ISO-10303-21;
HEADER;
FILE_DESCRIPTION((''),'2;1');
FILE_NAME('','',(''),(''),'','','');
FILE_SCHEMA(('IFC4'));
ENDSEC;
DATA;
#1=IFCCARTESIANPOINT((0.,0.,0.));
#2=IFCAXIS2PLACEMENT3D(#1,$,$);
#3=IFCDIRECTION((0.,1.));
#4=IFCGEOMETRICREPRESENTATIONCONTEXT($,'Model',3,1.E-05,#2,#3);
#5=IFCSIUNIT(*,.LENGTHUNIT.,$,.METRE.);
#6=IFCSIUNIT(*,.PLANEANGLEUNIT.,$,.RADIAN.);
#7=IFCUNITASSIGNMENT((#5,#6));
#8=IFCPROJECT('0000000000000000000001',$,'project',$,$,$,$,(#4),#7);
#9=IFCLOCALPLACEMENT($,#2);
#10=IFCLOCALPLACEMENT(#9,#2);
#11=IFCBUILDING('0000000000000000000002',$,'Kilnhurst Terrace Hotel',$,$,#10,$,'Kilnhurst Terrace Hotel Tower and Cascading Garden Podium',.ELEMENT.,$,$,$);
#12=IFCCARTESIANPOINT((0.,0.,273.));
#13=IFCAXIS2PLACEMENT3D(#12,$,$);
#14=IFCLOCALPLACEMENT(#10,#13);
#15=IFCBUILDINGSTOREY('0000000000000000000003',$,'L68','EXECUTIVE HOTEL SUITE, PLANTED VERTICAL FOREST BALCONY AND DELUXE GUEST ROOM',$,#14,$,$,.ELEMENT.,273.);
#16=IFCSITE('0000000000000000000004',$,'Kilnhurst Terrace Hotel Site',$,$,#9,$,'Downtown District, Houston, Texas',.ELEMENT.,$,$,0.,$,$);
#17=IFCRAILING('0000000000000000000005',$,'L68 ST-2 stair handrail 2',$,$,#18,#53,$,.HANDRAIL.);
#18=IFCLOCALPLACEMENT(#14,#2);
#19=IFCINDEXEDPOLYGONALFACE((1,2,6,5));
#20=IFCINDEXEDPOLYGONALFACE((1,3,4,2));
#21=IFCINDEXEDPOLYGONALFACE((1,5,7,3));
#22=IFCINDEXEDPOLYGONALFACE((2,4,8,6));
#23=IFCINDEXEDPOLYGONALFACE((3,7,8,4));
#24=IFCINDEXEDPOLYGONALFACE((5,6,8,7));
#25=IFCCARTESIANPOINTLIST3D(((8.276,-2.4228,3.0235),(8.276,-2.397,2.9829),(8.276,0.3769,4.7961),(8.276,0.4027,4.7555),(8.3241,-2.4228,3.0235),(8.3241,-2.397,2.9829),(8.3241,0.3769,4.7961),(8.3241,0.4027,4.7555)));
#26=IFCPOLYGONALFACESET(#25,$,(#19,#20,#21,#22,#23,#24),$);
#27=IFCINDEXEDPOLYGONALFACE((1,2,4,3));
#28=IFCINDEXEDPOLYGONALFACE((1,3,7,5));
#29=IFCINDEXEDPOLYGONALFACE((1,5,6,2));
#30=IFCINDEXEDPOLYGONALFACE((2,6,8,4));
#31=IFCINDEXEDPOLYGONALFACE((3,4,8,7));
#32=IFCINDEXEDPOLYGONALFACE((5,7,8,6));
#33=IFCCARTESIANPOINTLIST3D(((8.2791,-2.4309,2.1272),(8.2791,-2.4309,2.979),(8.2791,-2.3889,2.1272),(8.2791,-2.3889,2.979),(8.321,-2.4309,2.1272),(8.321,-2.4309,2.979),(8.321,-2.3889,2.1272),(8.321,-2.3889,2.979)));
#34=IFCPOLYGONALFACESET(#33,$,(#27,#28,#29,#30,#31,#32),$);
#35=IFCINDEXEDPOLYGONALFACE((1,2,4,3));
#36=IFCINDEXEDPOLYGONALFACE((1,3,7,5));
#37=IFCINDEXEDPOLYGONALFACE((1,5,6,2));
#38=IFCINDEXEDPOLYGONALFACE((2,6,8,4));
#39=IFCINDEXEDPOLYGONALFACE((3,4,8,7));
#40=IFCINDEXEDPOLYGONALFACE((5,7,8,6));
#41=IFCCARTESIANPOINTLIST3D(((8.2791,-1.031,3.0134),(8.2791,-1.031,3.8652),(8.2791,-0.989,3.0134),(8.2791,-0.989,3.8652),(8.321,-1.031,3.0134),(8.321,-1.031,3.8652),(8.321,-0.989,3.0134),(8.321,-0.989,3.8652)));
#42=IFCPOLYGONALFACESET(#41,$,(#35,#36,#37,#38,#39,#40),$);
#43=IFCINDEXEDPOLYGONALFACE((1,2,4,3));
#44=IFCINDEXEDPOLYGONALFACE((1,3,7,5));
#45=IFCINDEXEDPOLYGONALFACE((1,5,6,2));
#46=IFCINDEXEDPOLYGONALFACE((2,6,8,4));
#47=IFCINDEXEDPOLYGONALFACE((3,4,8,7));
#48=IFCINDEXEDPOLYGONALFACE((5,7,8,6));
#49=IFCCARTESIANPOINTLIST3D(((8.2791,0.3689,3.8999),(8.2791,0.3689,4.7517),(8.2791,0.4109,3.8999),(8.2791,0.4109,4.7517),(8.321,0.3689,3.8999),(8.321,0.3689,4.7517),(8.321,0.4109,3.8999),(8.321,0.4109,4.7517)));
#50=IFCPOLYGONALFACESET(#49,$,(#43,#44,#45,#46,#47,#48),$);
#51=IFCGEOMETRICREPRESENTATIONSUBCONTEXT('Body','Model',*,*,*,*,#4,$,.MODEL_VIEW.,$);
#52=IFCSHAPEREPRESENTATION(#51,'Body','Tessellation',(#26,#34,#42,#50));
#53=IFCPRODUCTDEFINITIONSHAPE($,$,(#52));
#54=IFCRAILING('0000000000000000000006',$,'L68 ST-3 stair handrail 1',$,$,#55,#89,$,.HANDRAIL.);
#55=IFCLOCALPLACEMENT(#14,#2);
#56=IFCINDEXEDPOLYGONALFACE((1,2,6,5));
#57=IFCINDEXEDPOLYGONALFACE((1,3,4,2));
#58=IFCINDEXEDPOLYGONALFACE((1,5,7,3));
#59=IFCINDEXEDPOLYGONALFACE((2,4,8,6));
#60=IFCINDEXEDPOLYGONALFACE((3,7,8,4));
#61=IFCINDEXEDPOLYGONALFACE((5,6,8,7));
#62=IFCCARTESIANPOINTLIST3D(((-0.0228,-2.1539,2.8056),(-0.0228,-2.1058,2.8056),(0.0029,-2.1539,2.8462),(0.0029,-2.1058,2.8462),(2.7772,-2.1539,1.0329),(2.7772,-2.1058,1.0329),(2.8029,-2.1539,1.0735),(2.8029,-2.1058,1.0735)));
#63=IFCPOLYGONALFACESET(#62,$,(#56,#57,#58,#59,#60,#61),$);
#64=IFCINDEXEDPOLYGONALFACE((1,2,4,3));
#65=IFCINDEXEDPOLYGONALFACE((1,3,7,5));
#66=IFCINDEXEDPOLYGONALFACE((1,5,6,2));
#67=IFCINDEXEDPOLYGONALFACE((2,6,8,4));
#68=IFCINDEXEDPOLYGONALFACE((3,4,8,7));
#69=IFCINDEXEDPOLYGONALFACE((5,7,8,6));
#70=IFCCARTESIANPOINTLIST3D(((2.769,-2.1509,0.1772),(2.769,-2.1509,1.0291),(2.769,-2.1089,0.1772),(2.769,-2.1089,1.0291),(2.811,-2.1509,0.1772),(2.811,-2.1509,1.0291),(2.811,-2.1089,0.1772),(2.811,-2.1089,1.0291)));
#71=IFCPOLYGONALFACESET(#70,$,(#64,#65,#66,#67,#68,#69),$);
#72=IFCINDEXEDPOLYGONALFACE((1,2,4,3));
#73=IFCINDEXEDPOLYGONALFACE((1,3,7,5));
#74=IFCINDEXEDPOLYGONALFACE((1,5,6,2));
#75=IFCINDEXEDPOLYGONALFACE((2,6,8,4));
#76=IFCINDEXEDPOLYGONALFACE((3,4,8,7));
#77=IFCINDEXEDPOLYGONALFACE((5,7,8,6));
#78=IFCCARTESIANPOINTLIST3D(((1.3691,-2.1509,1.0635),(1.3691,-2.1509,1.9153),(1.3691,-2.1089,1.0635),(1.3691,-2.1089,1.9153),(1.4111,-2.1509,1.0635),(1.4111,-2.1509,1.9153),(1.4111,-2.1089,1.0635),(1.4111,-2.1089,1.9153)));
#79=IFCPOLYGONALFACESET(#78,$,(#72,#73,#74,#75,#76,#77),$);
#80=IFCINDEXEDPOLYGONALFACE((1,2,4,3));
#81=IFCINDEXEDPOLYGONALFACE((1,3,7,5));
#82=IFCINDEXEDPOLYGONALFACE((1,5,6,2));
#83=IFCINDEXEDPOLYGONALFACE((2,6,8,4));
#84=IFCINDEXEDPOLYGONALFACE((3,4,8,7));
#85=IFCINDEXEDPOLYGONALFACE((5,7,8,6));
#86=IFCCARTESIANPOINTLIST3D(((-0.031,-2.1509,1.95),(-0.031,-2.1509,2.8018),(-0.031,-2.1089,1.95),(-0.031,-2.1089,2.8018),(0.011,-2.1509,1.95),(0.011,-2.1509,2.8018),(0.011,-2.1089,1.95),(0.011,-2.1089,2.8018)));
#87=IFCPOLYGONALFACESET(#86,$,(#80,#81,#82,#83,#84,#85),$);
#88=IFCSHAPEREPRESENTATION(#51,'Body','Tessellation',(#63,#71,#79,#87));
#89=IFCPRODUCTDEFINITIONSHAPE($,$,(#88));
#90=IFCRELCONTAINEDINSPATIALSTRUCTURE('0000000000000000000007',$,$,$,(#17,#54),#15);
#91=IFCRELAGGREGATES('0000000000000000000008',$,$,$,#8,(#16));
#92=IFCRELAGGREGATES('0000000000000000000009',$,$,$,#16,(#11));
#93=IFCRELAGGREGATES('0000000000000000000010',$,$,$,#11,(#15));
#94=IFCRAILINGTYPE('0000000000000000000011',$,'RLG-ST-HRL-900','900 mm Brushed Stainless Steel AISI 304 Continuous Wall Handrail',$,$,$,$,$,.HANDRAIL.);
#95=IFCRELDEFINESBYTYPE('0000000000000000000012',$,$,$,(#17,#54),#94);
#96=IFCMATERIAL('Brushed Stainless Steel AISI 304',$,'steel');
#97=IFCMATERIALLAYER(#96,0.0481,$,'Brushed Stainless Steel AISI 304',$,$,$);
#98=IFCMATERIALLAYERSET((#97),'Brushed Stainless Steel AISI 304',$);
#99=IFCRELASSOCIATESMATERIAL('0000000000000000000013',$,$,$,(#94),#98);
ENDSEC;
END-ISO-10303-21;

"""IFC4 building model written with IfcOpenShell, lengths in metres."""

from ifc_helpers import new_model, si_unit, direction, frame, origin, origin_2d, place, context, subcontext, project, spatial, rectangle, extrude, material, layer, layer_set, type_object, element, save


model = new_model("IFC4")

# Units and contexts
model_context = context("Model", 3, precision=1e-05, world=origin(), true_north=direction((0.0, 1.0)))
body_context = subcontext(model_context, "Body", "Model", "MODEL_VIEW")
ifc_project = project(units=[si_unit("LENGTHUNIT", "METRE"), si_unit("PLANEANGLEUNIT", "RADIAN")], contexts=[model_context])

# Site, building, storey
site_placement = place(None, origin())
site = spatial("IfcSite", under=ifc_project, at=site_placement, Name="Kilnhurst Terrace Hotel Site", LongName="Downtown District, Houston, Texas", CompositionType="ELEMENT", RefElevation=0.0)
building_placement = place(site_placement, origin())
building = spatial("IfcBuilding", under=site, at=building_placement, Name="Kilnhurst Terrace Hotel", LongName="Kilnhurst Terrace Hotel Tower and Cascading Garden Podium", CompositionType="ELEMENT")
storey_placement = place(building_placement, frame((0.0, 0.0, 273.0)))
storey = spatial("IfcBuildingStorey", under=building, at=storey_placement, Name="L68", Description="EXECUTIVE HOTEL SUITE, PLANTED VERTICAL FOREST BALCONY AND DELUXE GUEST ROOM", CompositionType="ELEMENT", Elevation=273.0)

# Railings
ifc_material_1 = material(Name="Brushed Stainless Steel AISI 304", Category="steel")
ifc_layer_1 = layer(ifc_material_1, 0.0481, Name="Brushed Stainless Steel AISI 304")
ifc_layer_set_1 = layer_set([ifc_layer_1], Name="Brushed Stainless Steel AISI 304")
railing_type_1 = type_object("IfcRailingType", Name="RLG-ST-HRL-900", Description="900 mm Brushed Stainless Steel AISI 304 Continuous Wall Handrail", PredefinedType="HANDRAIL", material=ifc_layer_set_1)
railing_1_placement = place(storey_placement, frame((8.3, -2.4099, 2.1272)))
element("IfcRailing", 1, at=railing_1_placement, inside=storey, type_object=railing_type_1, Name="L68 ST-2 stair handrail 2", PredefinedType="HANDRAIL", context=body_context, shape_type="SweptSolid", body=[
    extrude(rectangle(XDim=0.0481, YDim=0.0481, at=origin_2d()), frame((0.0, 0.0, 0.876), z_axis=(0.0, 0.844888, 0.534943), x_axis=(-1.0, 0.0, 0.0)), (0.0, 0.0, 1.0), 3.3137),
    extrude(rectangle(XDim=0.042, YDim=0.042, at=origin_2d()), origin(), (0.0, 0.0, 1.0), 0.8518),
    extrude(rectangle(XDim=0.042, YDim=0.042, at=origin_2d()), frame((0.0, 1.3999, 0.8862)), (0.0, 0.0, 1.0), 0.8518),
    extrude(rectangle(XDim=0.042, YDim=0.042, at=origin_2d()), frame((0.0, 2.7998, 1.7727)), (0.0, 0.0, 1.0), 0.8518),
])
railing_2_placement = place(storey_placement, frame((2.79, -2.1299, 0.1772)))
element("IfcRailing", 2, at=railing_2_placement, inside=storey, type_object=railing_type_1, Name="L68 ST-3 stair handrail 1", PredefinedType="HANDRAIL", context=body_context, shape_type="SweptSolid", body=[
    extrude(rectangle(XDim=0.0481, YDim=0.0481, at=origin_2d()), frame((0.0, 0.0, 0.876), z_axis=(-0.844909, 0.0, 0.53491), x_axis=(0.0, -1.0, 0.0)), (0.0, 0.0, 1.0), 3.314),
    extrude(rectangle(XDim=0.042, YDim=0.042, at=origin_2d()), origin(), (0.0, 0.0, 1.0), 0.8518),
    extrude(rectangle(XDim=0.042, YDim=0.042, at=origin_2d()), frame((-1.3999, 0.0, 0.8862)), (0.0, 0.0, 1.0), 0.8518),
    extrude(rectangle(XDim=0.042, YDim=0.042, at=origin_2d()), frame((-2.8, 0.0, 1.7727)), (0.0, 0.0, 1.0), 0.8518),
])

save(model, "model.ifc")
